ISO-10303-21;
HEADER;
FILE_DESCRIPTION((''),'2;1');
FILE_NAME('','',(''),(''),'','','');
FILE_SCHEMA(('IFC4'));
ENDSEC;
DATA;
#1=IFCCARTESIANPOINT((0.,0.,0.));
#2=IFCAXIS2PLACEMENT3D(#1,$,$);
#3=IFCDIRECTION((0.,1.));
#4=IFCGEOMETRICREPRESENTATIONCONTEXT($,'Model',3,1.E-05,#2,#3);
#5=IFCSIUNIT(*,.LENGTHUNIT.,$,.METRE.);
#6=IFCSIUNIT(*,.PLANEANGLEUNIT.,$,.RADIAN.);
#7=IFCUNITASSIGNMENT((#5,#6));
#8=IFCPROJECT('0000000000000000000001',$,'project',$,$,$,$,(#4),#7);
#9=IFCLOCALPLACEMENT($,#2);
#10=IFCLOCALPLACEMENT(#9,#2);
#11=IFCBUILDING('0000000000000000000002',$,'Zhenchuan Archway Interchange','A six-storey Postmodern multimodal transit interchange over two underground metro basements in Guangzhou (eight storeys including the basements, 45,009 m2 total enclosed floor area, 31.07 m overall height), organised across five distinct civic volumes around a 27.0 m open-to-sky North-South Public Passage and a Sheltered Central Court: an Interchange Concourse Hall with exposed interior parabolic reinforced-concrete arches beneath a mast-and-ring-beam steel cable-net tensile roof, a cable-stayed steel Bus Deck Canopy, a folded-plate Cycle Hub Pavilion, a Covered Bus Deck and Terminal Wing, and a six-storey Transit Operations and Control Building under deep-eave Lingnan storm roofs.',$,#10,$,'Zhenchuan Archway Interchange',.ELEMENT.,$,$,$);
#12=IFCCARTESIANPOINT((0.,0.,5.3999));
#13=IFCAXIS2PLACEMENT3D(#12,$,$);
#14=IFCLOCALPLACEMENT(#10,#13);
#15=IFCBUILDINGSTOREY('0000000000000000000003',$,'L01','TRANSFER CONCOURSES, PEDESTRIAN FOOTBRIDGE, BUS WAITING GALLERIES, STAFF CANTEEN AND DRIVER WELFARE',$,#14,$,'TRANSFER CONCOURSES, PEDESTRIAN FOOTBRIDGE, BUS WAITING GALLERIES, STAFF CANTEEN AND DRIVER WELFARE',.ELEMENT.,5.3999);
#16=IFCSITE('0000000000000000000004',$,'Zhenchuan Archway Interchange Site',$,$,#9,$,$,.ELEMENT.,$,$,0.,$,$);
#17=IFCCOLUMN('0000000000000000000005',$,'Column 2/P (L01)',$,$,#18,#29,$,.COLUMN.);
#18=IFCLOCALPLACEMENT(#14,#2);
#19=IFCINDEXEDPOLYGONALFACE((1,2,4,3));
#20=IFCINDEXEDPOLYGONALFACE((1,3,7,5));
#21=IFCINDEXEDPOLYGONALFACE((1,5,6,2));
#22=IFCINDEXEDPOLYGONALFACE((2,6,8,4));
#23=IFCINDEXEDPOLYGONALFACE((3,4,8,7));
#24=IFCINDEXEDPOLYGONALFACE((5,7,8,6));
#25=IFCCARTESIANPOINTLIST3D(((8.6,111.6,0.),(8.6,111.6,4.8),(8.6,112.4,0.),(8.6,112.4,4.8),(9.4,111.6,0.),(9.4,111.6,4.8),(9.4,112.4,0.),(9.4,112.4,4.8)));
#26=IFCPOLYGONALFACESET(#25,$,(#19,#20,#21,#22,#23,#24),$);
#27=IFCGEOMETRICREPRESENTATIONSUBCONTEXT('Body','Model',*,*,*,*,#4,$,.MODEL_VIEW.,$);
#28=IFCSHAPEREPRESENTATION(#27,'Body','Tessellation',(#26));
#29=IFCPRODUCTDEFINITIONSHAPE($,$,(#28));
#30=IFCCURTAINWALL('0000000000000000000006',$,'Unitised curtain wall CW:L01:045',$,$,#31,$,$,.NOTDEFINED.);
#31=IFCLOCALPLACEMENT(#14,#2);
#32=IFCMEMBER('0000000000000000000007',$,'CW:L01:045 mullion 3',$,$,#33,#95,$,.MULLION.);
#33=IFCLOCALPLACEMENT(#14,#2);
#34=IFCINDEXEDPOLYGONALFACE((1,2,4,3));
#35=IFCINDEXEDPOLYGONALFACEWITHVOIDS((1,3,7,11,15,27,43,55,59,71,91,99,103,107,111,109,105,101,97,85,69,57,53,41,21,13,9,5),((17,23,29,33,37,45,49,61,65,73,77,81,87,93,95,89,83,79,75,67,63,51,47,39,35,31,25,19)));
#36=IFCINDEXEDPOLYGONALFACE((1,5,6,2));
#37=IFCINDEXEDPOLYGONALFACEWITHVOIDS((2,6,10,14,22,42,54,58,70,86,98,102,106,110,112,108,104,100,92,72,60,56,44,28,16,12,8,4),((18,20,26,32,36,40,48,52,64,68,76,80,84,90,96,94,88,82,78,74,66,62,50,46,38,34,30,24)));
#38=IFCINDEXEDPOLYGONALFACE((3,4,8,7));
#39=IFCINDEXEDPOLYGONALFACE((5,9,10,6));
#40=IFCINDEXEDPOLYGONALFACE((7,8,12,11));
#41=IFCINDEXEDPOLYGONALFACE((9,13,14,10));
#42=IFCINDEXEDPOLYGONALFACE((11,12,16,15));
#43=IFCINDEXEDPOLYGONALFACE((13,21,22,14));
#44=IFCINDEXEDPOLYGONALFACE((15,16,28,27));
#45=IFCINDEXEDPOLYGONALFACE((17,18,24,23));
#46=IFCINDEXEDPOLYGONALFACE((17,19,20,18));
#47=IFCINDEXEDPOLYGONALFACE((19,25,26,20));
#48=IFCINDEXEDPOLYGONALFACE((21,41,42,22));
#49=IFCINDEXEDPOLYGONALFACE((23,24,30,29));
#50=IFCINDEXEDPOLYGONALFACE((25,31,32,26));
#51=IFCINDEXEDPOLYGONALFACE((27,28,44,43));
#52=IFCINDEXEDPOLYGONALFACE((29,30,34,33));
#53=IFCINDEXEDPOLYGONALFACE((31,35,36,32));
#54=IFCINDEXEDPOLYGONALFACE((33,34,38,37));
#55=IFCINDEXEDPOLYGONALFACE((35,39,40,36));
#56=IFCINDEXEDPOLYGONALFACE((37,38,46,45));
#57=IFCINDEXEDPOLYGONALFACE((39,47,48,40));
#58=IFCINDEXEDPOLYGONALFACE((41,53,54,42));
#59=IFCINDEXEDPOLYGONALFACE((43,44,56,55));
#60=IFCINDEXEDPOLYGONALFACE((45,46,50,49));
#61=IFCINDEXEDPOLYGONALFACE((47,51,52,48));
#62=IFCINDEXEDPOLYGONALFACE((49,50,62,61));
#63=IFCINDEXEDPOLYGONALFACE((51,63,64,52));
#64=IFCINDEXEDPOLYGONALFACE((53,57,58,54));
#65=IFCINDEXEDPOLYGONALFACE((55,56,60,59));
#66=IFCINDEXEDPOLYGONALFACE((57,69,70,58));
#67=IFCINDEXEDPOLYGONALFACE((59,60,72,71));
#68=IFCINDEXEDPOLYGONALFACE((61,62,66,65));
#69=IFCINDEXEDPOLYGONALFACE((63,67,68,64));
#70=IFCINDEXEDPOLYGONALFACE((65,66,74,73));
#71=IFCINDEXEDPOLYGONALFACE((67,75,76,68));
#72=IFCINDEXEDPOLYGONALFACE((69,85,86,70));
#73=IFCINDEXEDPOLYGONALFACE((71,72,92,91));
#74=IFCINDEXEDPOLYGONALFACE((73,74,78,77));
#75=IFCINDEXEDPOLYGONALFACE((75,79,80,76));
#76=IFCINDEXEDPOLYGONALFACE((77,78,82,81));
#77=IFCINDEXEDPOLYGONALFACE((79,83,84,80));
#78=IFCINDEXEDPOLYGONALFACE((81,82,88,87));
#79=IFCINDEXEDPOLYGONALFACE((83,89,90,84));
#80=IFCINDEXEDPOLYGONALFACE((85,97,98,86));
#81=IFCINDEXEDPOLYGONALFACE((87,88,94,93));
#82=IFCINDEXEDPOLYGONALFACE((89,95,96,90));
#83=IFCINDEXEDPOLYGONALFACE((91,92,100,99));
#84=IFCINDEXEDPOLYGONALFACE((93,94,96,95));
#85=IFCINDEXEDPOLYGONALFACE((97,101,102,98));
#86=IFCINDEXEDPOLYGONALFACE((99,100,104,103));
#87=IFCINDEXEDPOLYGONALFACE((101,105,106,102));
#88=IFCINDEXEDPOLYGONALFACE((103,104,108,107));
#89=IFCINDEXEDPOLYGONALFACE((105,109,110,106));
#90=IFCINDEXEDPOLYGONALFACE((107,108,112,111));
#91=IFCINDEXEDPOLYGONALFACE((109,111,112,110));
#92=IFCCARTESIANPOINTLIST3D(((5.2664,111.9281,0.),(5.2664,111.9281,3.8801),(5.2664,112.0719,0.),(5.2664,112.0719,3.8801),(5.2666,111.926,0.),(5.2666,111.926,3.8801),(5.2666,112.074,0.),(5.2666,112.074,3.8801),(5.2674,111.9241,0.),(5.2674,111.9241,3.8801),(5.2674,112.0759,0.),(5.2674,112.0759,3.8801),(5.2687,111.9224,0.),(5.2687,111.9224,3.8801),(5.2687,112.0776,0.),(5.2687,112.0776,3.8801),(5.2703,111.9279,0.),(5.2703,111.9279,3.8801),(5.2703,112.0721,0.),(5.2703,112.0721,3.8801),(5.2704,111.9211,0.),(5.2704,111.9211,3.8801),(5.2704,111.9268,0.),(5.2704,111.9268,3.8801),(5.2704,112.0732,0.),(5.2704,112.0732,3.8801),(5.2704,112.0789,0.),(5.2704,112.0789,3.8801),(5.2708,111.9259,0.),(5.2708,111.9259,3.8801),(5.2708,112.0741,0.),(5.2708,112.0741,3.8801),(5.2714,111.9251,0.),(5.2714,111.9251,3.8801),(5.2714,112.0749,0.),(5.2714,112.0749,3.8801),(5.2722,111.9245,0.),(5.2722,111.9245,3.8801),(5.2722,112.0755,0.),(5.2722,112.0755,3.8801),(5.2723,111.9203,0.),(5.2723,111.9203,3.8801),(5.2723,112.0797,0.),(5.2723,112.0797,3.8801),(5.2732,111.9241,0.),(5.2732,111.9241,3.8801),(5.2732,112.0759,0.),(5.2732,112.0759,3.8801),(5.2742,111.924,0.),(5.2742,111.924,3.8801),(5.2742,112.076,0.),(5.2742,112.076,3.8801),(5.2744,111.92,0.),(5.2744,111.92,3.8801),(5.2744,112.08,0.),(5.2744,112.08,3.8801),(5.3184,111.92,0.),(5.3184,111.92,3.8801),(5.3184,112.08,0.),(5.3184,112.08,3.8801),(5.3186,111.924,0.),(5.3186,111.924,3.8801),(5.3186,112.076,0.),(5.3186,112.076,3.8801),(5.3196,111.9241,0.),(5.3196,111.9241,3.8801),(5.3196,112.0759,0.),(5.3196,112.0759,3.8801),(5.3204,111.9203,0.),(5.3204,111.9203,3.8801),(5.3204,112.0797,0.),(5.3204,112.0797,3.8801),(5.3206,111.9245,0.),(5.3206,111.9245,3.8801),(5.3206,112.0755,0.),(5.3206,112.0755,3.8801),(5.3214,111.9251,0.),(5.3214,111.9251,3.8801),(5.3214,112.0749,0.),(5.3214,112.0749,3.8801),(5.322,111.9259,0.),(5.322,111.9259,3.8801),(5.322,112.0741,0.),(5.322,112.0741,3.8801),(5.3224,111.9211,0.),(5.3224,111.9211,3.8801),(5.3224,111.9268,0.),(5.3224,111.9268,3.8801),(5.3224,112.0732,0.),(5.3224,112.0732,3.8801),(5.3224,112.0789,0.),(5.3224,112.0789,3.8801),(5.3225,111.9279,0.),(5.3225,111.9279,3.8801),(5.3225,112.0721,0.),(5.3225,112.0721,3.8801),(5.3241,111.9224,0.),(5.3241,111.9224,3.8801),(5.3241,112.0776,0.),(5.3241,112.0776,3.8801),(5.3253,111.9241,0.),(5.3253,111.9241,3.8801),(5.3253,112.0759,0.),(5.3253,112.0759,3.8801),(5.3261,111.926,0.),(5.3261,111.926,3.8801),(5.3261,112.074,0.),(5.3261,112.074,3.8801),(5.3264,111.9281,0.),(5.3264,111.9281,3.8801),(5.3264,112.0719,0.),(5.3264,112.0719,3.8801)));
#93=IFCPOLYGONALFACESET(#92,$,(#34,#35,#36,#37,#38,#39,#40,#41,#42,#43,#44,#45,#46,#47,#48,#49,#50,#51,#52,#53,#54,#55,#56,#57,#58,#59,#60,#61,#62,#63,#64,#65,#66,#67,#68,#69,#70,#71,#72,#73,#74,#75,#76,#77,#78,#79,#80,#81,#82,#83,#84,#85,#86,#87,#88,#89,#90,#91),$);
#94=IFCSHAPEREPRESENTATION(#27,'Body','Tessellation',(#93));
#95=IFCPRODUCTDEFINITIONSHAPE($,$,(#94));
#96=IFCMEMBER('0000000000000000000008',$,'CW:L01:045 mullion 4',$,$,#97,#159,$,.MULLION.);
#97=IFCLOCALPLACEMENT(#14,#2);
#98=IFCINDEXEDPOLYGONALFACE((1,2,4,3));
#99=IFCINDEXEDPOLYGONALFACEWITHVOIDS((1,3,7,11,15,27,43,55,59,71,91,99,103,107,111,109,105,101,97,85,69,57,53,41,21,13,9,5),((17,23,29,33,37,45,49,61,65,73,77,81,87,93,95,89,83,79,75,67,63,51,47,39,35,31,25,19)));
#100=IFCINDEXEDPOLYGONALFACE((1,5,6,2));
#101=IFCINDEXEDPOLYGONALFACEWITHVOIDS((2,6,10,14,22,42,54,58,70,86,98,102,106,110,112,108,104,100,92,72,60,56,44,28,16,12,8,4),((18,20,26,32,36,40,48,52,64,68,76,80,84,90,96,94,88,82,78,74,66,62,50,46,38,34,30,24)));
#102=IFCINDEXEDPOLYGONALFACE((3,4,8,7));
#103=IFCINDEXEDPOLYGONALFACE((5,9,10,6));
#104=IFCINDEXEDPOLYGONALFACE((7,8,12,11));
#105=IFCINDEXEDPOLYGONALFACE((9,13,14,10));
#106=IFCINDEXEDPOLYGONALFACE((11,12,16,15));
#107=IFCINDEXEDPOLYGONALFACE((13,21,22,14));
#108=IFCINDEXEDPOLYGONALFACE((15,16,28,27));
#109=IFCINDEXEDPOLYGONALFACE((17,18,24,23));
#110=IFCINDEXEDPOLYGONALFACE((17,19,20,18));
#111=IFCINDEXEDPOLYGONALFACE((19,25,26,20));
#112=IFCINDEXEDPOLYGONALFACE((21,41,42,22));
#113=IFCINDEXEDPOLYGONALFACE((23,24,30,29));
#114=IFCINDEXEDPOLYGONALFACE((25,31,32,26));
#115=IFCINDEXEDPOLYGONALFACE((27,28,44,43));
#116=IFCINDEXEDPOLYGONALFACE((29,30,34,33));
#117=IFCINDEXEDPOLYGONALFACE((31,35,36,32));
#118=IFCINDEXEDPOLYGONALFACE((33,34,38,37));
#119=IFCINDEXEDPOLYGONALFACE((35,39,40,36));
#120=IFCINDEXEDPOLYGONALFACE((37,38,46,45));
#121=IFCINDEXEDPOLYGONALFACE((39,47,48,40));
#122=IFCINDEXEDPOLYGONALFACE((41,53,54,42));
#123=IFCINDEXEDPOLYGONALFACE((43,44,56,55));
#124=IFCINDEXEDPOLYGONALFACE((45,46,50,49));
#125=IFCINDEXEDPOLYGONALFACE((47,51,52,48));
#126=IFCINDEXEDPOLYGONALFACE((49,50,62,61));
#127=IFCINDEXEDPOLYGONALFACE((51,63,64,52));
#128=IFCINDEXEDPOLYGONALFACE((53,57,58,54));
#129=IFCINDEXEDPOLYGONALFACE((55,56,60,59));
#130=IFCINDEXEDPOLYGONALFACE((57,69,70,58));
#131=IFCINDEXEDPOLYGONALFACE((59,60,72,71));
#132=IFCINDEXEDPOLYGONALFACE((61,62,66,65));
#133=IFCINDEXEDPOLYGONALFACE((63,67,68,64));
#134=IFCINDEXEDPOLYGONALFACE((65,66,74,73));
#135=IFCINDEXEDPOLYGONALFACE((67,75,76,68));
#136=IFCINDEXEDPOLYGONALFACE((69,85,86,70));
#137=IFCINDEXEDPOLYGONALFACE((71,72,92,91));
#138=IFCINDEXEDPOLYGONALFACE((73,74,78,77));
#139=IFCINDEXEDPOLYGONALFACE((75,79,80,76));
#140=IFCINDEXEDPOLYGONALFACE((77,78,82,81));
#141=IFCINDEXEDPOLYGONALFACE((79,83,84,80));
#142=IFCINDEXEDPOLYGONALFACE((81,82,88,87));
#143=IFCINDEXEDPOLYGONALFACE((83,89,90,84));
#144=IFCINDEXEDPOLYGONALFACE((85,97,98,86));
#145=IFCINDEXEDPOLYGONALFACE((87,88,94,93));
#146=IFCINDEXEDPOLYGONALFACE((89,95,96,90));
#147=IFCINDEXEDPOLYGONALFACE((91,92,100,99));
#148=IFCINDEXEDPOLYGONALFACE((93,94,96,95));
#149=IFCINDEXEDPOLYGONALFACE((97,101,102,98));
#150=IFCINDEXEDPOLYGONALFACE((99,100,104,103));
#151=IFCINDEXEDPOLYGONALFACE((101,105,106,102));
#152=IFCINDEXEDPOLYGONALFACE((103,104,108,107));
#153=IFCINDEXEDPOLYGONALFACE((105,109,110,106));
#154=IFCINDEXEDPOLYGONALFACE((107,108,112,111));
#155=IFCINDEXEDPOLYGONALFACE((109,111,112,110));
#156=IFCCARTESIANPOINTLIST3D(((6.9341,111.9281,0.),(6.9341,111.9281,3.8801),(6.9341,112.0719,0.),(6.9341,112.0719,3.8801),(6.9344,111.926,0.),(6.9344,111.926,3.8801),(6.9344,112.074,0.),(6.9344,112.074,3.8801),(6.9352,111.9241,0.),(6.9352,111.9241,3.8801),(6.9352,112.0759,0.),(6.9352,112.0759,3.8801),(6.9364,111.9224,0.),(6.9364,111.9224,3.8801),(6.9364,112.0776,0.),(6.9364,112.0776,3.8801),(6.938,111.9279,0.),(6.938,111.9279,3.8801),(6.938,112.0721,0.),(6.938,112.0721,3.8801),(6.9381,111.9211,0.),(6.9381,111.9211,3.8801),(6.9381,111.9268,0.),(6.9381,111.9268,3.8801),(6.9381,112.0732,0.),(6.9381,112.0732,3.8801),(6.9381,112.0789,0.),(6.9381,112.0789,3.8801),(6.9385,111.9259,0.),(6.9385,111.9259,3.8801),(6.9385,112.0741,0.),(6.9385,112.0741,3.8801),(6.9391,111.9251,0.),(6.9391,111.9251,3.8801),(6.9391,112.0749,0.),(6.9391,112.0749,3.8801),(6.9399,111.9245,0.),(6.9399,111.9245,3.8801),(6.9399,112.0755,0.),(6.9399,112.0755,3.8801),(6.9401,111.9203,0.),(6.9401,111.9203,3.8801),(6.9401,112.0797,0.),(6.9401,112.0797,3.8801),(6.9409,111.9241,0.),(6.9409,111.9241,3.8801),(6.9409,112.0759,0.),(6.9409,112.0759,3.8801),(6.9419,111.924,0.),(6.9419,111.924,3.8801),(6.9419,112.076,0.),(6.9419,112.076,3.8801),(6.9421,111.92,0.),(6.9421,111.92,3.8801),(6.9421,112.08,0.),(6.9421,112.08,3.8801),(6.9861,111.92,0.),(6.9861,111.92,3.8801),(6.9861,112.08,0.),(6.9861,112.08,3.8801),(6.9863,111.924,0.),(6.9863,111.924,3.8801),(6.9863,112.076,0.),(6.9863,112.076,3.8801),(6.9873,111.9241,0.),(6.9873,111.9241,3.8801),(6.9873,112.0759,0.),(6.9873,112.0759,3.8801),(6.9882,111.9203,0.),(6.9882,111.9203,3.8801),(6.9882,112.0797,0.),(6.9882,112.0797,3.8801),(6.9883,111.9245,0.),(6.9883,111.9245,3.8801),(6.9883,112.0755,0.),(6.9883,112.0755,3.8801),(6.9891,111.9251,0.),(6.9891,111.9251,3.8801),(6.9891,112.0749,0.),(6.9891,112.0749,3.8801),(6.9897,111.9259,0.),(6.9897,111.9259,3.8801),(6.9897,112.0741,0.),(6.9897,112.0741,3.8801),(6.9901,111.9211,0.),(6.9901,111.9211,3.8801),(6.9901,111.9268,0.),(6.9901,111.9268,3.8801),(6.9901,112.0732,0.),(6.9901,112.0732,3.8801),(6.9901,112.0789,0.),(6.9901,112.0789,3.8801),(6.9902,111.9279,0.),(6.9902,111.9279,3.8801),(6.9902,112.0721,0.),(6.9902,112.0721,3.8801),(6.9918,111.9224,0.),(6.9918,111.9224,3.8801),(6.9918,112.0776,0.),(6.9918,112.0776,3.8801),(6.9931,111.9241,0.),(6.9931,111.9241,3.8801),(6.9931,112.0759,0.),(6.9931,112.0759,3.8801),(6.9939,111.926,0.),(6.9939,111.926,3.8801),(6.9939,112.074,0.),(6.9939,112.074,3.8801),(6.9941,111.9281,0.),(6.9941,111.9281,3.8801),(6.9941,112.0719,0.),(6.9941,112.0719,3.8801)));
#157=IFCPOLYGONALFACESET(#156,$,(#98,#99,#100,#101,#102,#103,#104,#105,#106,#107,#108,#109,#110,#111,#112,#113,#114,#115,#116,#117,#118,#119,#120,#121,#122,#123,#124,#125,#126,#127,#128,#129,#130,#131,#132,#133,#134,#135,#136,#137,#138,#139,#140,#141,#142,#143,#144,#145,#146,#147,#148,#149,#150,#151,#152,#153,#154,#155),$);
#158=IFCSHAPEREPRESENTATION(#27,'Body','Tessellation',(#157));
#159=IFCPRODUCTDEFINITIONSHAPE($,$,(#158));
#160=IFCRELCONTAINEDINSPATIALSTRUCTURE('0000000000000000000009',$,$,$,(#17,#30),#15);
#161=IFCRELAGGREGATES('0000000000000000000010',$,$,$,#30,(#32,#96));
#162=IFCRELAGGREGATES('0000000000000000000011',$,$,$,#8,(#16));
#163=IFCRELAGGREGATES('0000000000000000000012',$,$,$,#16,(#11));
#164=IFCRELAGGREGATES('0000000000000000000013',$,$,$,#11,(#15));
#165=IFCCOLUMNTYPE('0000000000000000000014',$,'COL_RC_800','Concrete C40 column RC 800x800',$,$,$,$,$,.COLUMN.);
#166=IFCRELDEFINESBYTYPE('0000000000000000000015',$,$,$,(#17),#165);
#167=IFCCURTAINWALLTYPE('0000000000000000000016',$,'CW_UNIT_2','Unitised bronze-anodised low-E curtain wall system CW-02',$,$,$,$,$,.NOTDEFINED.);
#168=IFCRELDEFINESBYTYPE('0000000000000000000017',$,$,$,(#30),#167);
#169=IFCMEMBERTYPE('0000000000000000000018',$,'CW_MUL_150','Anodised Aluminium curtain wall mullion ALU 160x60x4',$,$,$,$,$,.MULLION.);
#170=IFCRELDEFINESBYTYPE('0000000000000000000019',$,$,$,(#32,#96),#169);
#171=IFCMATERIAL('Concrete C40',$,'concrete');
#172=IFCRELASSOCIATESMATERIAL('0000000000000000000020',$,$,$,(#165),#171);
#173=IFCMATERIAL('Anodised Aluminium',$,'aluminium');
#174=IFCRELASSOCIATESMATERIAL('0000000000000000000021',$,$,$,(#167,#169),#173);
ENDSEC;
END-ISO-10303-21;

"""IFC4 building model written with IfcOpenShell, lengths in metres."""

from ifc_helpers import new_model, si_unit, direction, frame, origin, origin_2d, place, context, subcontext, project, spatial, rectangle, hollow_rectangle, extrude, material, material_profile, profile_set, type_object, element, aggregate, save


model = new_model("IFC4")

# Units and contexts
model_context = context("Model", 3, precision=1e-05, world=origin(), true_north=direction((0.0, 1.0)))
body_context = subcontext(model_context, "Body", "Model", "MODEL_VIEW")
ifc_project = project(units=[si_unit("LENGTHUNIT", "METRE"), si_unit("PLANEANGLEUNIT", "RADIAN")], contexts=[model_context])

# Site, building, storey
site_placement = place(None, origin())
site = spatial("IfcSite", under=ifc_project, at=site_placement, Name="Zhenchuan Archway Interchange Site", CompositionType="ELEMENT", RefElevation=0.0)
building_placement = place(site_placement, origin())
building = spatial("IfcBuilding", under=site, at=building_placement, Name="Zhenchuan Archway Interchange", Description="A six-storey Postmodern multimodal transit interchange over two underground metro basements in Guangzhou (eight storeys including the basements, 45,009 m2 total enclosed floor area, 31.07 m overall height), organised across five distinct civic volumes around a 27.0 m open-to-sky North-South Public Passage and a Sheltered Central Court: an Interchange Concourse Hall with exposed interior parabolic reinforced-concrete arches beneath a mast-and-ring-beam steel cable-net tensile roof, a cable-stayed steel Bus Deck Canopy, a folded-plate Cycle Hub Pavilion, a Covered Bus Deck and Terminal Wing, and a six-storey Transit Operations and Control Building under deep-eave Lingnan storm roofs.", LongName="Zhenchuan Archway Interchange", CompositionType="ELEMENT")
storey_placement = place(building_placement, frame((0.0, 0.0, 5.3999)))
storey = spatial("IfcBuildingStorey", under=building, at=storey_placement, Name="L01", Description="TRANSFER CONCOURSES, PEDESTRIAN FOOTBRIDGE, BUS WAITING GALLERIES, STAFF CANTEEN AND DRIVER WELFARE", LongName="TRANSFER CONCOURSES, PEDESTRIAN FOOTBRIDGE, BUS WAITING GALLERIES, STAFF CANTEEN AND DRIVER WELFARE", CompositionType="ELEMENT", Elevation=5.3999)

# Column
ifc_material_1 = material(Name="Concrete C40", Category="concrete")
ifc_material_profile_1 = material_profile(ifc_material_1, rectangle(XDim=0.8, YDim=0.8, at=origin_2d()), Name="RC 800x800")
ifc_profile_set_1 = profile_set([ifc_material_profile_1], Name="Concrete C40")
column_type = type_object("IfcColumnType", Name="COL_RC_800", Description="Concrete C40 column RC 800x800", PredefinedType="COLUMN", material=ifc_profile_set_1)
column_placement = place(storey_placement, frame((9.0, 112.0, 0.0), z_axis=(0.0, 0.0, 1.0), x_axis=(1.0, 0.0, 0.0)))
element("IfcColumn", 1, at=column_placement, inside=storey, type_object=column_type, Name="Column 2/P (L01)", PredefinedType="COLUMN", context=body_context, shape_type="SweptSolid", body=[
    extrude(rectangle(XDim=0.8, YDim=0.8, at=origin_2d()), origin(), (0.0, 0.0, 1.0), 4.8),
])

# Curtain wall, members
ifc_material_2 = material(Name="Anodised Aluminium", Category="aluminium")
curtain_wall_type_1 = type_object("IfcCurtainWallType", Name="CW_UNIT_2", Description="Unitised bronze-anodised low-E curtain wall system CW-02", PredefinedType="NOTDEFINED", material=ifc_material_2)
curtain_wall_1_placement = place(storey_placement, origin())
curtain_wall_1 = element("IfcCurtainWall", 2, at=curtain_wall_1_placement, inside=storey, type_object=curtain_wall_type_1, Name="Unitised curtain wall CW:L01:045", PredefinedType="NOTDEFINED")
ifc_material_profile_2 = material_profile(ifc_material_2, hollow_rectangle(XDim=0.0601, YDim=0.1599, WallThickness=0.0039, InnerFilletRadius=0.0039, OuterFilletRadius=0.0081, at=origin_2d()), Name="ALU 160x60x4")
ifc_profile_set_2 = profile_set([ifc_material_profile_2], Name="Anodised Aluminium")
member_type_1 = type_object("IfcMemberType", Name="CW_MUL_150", Description="Anodised Aluminium curtain wall mullion ALU 160x60x4", PredefinedType="MULLION", material=ifc_profile_set_2)
member_1_placement = place(storey_placement, frame((5.2964, 112.0, 0.0), z_axis=(0.0, 0.0, 1.0), x_axis=(1.0, 0.0, 0.0)))
member_1 = element("IfcMember", 3, at=member_1_placement, type_object=member_type_1, Name="CW:L01:045 mullion 3", PredefinedType="MULLION", context=body_context, shape_type="SweptSolid", body=[
    extrude(hollow_rectangle(XDim=0.0601, YDim=0.1599, WallThickness=0.0039, InnerFilletRadius=0.0039, OuterFilletRadius=0.0081, at=origin_2d()), origin(), (0.0, 0.0, 1.0), 3.8801),
])
member_2_placement = place(storey_placement, frame((6.9641, 112.0, 0.0), z_axis=(0.0, 0.0, 1.0), x_axis=(1.0, 0.0, 0.0)))
member_2 = element("IfcMember", 4, at=member_2_placement, type_object=member_type_1, Name="CW:L01:045 mullion 4", PredefinedType="MULLION", context=body_context, shape_type="SweptSolid", body=[
    extrude(hollow_rectangle(XDim=0.0601, YDim=0.1599, WallThickness=0.0039, InnerFilletRadius=0.0039, OuterFilletRadius=0.0081, at=origin_2d()), origin(), (0.0, 0.0, 1.0), 3.8801),
])

aggregate(curtain_wall_1, [member_1, member_2])

save(model, "model.ifc")
